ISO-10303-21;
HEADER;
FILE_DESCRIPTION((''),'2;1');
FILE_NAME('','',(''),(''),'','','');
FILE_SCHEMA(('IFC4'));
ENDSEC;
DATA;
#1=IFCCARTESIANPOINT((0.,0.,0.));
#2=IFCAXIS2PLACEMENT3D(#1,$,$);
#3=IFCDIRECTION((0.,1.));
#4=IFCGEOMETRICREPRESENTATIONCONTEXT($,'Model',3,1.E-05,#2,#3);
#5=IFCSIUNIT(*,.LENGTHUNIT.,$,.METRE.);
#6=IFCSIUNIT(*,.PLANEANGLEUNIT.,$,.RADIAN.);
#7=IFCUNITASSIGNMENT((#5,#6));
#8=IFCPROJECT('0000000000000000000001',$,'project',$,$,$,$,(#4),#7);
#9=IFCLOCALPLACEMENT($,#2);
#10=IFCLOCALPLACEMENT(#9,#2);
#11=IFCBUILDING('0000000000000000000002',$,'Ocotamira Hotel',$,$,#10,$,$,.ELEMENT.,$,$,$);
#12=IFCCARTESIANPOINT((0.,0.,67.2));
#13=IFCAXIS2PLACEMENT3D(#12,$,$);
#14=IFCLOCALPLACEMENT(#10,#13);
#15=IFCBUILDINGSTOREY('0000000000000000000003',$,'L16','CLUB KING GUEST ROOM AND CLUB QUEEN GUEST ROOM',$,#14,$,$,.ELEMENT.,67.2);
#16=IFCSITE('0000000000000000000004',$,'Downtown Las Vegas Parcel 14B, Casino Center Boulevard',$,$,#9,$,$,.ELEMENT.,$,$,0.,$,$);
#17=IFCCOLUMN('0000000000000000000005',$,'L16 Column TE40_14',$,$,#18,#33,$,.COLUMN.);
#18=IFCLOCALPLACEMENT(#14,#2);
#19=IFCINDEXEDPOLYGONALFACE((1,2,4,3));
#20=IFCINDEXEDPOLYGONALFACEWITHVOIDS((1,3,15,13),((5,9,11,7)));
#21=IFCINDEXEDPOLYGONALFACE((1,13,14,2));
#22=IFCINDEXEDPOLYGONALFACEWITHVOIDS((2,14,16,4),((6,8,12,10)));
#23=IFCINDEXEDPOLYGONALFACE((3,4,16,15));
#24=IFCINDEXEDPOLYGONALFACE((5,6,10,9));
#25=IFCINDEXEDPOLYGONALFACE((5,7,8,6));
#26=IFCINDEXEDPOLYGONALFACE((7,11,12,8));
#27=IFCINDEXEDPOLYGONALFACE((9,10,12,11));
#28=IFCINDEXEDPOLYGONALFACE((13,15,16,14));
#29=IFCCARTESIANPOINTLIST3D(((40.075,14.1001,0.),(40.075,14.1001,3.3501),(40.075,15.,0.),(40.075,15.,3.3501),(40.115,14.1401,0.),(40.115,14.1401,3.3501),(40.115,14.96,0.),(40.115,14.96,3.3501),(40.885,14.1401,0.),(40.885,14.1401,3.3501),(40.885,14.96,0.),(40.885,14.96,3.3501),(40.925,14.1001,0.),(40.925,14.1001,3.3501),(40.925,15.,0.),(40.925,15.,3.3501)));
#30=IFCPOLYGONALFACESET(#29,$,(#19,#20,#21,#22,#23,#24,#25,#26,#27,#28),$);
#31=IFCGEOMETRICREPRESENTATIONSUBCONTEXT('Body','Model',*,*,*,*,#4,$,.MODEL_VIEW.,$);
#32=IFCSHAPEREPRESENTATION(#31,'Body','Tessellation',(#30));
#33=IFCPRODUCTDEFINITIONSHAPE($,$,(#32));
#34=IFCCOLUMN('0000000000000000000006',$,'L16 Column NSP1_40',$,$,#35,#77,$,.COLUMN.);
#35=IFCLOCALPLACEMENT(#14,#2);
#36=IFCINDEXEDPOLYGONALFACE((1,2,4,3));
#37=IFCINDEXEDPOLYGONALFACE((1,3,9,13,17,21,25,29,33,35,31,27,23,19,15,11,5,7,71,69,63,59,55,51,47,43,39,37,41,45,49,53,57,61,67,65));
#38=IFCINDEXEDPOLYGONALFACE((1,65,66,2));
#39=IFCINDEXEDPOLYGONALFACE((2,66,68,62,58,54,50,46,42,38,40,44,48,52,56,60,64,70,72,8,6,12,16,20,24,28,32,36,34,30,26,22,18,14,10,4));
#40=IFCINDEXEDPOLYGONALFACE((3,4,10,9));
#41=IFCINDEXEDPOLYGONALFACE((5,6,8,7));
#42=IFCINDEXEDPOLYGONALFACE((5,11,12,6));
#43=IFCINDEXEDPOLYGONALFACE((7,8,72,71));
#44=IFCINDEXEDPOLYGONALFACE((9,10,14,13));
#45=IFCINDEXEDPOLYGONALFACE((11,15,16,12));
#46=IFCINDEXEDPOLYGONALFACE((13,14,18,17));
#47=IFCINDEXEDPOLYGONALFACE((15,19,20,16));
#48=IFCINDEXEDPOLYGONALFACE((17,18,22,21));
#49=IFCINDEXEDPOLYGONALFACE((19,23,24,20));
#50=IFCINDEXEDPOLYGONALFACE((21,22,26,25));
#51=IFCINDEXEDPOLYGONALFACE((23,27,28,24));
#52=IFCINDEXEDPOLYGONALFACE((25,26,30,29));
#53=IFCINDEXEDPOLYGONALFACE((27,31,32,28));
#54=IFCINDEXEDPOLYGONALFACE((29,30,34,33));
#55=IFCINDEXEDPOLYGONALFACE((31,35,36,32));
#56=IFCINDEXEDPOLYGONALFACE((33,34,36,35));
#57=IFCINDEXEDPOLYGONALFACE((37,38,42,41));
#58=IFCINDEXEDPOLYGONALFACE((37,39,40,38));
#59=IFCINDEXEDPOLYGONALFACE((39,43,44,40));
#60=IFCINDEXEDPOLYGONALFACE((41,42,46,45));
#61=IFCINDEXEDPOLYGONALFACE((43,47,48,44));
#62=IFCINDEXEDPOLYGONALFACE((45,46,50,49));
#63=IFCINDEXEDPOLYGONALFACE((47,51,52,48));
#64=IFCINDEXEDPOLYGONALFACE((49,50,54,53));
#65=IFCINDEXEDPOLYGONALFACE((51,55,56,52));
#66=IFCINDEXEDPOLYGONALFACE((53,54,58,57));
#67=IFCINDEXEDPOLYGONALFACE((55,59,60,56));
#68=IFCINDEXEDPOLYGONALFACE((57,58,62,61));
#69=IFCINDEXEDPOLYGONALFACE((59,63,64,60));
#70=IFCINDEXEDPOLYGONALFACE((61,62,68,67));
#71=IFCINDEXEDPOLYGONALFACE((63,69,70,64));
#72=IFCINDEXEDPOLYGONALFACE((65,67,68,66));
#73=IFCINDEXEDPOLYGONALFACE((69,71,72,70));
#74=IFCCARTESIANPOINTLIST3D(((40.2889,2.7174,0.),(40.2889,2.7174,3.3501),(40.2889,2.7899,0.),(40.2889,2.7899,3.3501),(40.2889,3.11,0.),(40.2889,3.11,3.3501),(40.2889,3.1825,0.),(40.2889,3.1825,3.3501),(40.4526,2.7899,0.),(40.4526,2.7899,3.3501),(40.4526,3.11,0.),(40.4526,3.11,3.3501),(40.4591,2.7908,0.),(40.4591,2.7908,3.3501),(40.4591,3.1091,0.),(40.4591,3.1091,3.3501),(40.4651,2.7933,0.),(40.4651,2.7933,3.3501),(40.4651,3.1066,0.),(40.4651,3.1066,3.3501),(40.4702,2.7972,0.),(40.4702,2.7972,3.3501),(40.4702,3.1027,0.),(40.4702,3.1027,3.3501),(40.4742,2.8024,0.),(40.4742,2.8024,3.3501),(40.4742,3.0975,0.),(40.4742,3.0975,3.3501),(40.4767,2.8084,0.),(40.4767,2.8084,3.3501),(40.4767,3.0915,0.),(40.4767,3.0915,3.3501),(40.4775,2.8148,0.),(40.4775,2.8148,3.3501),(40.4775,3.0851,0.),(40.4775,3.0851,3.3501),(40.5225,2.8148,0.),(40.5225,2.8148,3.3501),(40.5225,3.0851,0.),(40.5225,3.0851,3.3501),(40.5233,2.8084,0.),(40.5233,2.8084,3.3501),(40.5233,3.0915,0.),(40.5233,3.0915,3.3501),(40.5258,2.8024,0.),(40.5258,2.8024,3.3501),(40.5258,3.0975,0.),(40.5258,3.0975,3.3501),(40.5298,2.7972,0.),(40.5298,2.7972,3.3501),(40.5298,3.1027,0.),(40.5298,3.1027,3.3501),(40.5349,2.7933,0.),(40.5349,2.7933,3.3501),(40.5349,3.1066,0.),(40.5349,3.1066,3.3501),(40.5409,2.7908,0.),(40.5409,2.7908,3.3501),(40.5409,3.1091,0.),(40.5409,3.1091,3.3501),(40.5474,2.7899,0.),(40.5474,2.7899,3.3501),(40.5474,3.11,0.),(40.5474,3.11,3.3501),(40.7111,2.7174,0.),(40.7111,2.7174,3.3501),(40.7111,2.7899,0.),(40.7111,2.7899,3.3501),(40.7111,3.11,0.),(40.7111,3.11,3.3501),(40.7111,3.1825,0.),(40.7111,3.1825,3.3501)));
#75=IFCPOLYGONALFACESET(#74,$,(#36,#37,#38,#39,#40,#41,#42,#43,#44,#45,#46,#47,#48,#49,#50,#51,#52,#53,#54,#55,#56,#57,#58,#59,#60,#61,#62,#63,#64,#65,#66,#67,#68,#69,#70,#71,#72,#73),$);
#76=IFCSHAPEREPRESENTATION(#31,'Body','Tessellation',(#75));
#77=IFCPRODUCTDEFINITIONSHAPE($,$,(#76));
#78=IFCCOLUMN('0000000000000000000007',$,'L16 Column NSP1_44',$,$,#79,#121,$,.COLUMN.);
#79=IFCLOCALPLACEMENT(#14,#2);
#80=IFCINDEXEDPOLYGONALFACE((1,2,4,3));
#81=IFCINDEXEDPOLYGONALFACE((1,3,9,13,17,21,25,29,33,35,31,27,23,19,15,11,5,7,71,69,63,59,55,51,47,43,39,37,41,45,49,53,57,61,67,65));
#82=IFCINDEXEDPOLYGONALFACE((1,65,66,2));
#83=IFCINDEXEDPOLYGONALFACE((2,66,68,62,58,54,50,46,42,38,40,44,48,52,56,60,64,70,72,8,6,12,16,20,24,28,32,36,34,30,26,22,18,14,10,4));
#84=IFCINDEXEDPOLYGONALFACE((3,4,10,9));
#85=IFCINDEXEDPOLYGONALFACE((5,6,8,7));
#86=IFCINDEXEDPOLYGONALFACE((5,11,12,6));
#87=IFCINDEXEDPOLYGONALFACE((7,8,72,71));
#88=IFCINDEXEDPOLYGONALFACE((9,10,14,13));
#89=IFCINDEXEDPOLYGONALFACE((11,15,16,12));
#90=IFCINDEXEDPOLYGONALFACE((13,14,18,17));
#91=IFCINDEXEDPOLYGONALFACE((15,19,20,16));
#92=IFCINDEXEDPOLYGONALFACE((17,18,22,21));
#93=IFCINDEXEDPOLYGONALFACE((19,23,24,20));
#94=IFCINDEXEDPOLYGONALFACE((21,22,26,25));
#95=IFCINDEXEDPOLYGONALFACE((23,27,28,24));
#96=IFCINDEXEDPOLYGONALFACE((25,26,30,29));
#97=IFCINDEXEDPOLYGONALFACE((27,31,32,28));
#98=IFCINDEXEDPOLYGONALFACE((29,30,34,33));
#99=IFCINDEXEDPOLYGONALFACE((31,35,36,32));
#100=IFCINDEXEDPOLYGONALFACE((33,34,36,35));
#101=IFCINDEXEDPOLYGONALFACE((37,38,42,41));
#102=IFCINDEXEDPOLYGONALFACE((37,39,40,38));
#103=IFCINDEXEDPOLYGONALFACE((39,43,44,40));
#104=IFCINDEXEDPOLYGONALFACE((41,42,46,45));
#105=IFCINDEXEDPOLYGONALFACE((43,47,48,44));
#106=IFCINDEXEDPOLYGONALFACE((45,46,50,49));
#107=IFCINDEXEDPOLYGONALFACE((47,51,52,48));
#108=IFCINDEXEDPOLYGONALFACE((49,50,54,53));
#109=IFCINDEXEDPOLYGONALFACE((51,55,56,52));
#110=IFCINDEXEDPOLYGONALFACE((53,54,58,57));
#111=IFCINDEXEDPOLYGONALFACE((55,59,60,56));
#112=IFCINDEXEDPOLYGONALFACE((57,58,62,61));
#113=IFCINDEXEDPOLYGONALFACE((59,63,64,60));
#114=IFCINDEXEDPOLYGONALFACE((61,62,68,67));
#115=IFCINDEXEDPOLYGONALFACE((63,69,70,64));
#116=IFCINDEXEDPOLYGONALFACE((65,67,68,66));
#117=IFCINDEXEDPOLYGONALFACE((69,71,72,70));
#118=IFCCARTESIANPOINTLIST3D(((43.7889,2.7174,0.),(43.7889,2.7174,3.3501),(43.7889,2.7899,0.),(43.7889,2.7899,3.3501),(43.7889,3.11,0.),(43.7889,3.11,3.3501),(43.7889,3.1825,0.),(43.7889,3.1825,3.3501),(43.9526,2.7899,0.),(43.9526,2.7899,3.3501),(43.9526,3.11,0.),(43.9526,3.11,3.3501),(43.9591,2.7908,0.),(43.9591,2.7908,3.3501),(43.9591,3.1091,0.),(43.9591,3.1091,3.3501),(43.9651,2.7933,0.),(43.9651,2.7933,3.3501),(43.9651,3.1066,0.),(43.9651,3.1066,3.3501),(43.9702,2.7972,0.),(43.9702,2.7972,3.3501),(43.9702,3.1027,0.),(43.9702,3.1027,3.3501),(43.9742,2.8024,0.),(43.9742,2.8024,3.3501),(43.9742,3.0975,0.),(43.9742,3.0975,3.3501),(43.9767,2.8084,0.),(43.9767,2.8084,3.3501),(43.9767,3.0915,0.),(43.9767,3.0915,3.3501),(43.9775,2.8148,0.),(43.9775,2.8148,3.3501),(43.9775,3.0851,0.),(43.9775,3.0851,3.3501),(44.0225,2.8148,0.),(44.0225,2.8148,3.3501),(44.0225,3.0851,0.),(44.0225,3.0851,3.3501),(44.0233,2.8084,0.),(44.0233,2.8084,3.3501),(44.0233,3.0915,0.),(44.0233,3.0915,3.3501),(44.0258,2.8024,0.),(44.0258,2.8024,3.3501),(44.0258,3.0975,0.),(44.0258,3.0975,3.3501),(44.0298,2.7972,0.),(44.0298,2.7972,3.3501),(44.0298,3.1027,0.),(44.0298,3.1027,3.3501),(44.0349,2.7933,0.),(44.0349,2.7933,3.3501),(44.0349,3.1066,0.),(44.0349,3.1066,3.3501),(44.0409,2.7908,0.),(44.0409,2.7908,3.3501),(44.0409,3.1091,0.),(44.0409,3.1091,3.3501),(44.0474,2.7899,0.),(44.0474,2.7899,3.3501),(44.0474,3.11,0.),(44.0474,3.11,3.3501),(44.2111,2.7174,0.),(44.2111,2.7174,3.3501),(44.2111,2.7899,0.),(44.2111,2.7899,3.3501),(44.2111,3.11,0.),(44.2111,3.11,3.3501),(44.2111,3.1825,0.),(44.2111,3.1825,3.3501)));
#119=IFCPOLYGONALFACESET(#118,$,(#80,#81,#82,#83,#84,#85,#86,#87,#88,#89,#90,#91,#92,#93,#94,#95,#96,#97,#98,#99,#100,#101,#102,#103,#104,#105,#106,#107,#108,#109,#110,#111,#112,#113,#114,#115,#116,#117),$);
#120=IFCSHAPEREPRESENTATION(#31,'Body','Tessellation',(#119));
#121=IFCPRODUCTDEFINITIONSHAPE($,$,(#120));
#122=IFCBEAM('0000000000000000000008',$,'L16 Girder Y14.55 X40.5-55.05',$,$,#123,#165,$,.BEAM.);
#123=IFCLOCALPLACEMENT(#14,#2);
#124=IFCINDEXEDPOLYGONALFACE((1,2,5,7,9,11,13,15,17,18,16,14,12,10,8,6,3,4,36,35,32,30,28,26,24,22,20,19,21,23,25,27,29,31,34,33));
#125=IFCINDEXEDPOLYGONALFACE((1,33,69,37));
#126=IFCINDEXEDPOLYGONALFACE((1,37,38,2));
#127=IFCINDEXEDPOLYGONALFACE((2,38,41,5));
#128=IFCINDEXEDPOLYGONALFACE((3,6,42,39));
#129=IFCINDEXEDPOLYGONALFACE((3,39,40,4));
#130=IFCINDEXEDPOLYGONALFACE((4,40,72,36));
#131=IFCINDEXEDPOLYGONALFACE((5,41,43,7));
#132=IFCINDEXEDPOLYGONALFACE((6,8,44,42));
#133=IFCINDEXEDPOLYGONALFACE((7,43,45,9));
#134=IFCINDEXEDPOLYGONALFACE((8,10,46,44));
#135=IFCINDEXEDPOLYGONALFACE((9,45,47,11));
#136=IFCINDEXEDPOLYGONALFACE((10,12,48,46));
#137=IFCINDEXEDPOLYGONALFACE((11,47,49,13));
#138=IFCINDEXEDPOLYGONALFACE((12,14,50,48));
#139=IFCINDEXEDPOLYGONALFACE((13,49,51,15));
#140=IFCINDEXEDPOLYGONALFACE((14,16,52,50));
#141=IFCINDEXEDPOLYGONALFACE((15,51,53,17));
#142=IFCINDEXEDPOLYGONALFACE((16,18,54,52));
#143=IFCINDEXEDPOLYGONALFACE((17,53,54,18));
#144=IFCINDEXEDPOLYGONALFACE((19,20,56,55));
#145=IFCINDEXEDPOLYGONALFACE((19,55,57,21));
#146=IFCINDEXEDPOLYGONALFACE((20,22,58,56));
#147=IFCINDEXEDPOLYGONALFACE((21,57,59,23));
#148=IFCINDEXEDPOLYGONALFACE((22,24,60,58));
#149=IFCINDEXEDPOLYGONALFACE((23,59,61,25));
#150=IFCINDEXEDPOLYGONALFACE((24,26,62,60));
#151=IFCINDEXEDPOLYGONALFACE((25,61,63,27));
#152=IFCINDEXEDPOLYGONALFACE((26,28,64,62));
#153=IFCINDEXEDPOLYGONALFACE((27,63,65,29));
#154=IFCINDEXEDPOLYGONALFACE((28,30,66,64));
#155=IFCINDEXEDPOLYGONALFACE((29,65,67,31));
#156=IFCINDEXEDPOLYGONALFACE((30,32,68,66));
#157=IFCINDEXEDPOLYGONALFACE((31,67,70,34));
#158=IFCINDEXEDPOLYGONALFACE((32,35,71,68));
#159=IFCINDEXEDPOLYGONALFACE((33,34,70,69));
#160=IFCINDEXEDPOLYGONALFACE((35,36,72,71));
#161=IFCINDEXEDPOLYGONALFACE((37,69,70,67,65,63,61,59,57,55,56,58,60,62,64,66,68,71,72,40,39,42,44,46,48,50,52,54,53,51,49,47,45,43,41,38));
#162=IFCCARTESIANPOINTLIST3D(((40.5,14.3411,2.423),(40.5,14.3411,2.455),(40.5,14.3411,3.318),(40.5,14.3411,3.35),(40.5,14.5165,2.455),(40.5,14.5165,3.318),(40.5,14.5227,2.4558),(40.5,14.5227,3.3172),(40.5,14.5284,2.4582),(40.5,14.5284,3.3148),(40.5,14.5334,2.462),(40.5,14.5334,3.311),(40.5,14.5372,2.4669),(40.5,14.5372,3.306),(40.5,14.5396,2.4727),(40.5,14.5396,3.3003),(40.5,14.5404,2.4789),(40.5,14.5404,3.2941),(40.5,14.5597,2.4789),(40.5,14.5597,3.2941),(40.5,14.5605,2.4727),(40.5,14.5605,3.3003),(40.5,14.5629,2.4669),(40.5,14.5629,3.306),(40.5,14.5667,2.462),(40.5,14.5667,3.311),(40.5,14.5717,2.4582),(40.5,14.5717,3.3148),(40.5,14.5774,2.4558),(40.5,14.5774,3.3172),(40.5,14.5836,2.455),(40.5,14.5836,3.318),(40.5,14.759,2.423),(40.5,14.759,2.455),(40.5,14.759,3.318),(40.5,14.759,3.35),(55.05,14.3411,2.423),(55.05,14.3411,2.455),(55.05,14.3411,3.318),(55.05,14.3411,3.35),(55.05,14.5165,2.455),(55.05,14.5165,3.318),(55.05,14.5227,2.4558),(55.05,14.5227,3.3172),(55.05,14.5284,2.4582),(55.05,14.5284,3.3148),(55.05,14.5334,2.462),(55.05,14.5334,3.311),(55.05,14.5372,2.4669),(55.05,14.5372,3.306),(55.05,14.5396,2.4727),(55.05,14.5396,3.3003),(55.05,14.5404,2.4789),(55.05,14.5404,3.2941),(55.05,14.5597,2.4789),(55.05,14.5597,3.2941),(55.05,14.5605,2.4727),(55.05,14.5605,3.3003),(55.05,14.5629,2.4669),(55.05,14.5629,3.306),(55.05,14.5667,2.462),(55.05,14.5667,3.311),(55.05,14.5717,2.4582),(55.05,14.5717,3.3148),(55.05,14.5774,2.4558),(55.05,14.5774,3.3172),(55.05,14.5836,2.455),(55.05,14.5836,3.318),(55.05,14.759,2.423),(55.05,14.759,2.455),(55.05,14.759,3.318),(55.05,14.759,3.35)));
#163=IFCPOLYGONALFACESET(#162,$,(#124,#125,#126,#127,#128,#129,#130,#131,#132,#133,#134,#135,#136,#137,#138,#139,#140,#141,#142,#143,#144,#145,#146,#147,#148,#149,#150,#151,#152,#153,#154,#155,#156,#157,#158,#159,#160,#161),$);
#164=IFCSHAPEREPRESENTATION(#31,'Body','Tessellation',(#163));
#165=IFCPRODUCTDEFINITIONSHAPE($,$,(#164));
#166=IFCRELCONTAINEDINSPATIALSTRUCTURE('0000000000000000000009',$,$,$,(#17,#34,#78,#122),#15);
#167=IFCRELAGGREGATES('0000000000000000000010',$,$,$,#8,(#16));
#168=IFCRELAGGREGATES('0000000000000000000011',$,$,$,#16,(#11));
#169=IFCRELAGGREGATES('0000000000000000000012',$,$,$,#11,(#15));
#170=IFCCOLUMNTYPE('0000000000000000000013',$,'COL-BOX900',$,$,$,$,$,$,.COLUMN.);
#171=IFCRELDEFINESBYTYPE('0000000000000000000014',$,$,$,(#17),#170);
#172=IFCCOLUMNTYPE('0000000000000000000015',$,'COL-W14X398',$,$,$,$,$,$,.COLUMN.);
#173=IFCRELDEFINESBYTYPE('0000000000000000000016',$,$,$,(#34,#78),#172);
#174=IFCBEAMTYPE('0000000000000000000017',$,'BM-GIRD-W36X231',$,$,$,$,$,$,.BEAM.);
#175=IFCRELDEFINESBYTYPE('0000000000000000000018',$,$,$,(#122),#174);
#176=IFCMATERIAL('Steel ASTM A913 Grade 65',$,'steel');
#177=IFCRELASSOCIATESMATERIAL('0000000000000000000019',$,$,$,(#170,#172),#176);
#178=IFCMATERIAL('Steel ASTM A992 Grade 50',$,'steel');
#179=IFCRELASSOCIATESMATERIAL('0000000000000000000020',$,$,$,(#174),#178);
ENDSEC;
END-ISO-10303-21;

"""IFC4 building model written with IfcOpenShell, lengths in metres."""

from ifc_helpers import new_model, si_unit, direction, frame, origin, origin_2d, place, context, subcontext, project, spatial, hollow_rectangle, i_section, extrude, source, transform, mapped, material, material_profile, profile_set, type_object, element, save


model = new_model("IFC4")

# Units and contexts
model_context = context("Model", 3, precision=1e-05, world=origin(), true_north=direction((0.0, 1.0)))
body_context = subcontext(model_context, "Body", "Model", "MODEL_VIEW")
ifc_project = project(units=[si_unit("LENGTHUNIT", "METRE"), si_unit("PLANEANGLEUNIT", "RADIAN")], contexts=[model_context])

# Site, building, storey
site_placement = place(None, origin())
site = spatial("IfcSite", under=ifc_project, at=site_placement, Name="Downtown Las Vegas Parcel 14B, Casino Center Boulevard", CompositionType="ELEMENT", RefElevation=0.0)
building_placement = place(site_placement, origin())
building = spatial("IfcBuilding", under=site, at=building_placement, Name="Ocotamira Hotel", CompositionType="ELEMENT")
storey_placement = place(building_placement, frame((0.0, 0.0, 67.2)))
storey = spatial("IfcBuildingStorey", under=building, at=storey_placement, Name="L16", Description="CLUB KING GUEST ROOM AND CLUB QUEEN GUEST ROOM", CompositionType="ELEMENT", Elevation=67.2)

# Columns
ifc_material_1 = material(Name="Steel ASTM A913 Grade 65", Category="steel")
ifc_material_profile_1 = material_profile(ifc_material_1, hollow_rectangle(XDim=0.8501, YDim=0.8999, WallThickness=0.04, at=origin_2d()), Name="BOX900X850X40")
ifc_profile_set_1 = profile_set([ifc_material_profile_1], Name="Steel ASTM A913 Grade 65")
column_type_1 = type_object("IfcColumnType", Name="COL-BOX900", PredefinedType="COLUMN", material=ifc_profile_set_1)
shared_shape_1 = source(origin(), body_context, "Body", "SweptSolid", [
    extrude(hollow_rectangle(XDim=0.8501, YDim=0.8999, WallThickness=0.04, at=origin_2d()), origin(), (0.0, 0.0, 1.0), 3.3501),
])
column_placement = place(storey_placement, frame((40.5, 14.55, 0.0), z_axis=(0.0, 0.0, 1.0), x_axis=(1.0, 0.0, 0.0)))
element("IfcColumn", 1, at=column_placement, inside=storey, type_object=column_type_1, Name="L16 Column TE40_14", PredefinedType="COLUMN", context=body_context, shape_type="MappedRepresentation", body=[
    mapped(shared_shape_1, transform((0.0, 0.0, 0.0), scale=1.0)),
])
ifc_material_profile_2 = material_profile(ifc_material_1, i_section(OverallWidth=0.4221, OverallDepth=0.4651, WebThickness=0.0449, FlangeThickness=0.0725, FilletRadius=0.0249, at=origin_2d()), Name="W14X398")
ifc_profile_set_2 = profile_set([ifc_material_profile_2], Name="Steel ASTM A913 Grade 65")
column_type_2 = type_object("IfcColumnType", Name="COL-W14X398", PredefinedType="COLUMN", material=ifc_profile_set_2)
shared_shape_2 = source(origin(), body_context, "Body", "SweptSolid", [
    extrude(i_section(OverallWidth=0.4221, OverallDepth=0.4651, WebThickness=0.0449, FlangeThickness=0.0725, FilletRadius=0.0249, at=origin_2d()), origin(), (0.0, 0.0, 1.0), 3.3501),
])
for number, where, z_axis, x_axis, name in (
    (2, (40.5, 2.95, 0.0), (0.0, 0.0, 1.0), (1.0, 0.0, 0.0), "L16 Column NSP1_40"),
    (3, (44.0, 2.95, 0.0), (0.0, 0.0, 1.0), (1.0, 0.0, 0.0), "L16 Column NSP1_44"),
):
    element("IfcColumn", number, at=place(storey_placement, frame(where, z_axis=z_axis, x_axis=x_axis)), inside=storey, type_object=column_type_2, Name=name, PredefinedType="COLUMN", context=body_context, shape_type="MappedRepresentation", body=[
        mapped(shared_shape_2, transform((0.0, 0.0, 0.0), scale=1.0)),
    ])

# Beam
ifc_material_2 = material(Name="Steel ASTM A992 Grade 50", Category="steel")
ifc_material_profile_3 = material_profile(ifc_material_2, i_section(OverallWidth=0.418, OverallDepth=0.927, WebThickness=0.0193, FlangeThickness=0.032, FilletRadius=0.0239, at=origin_2d()), Name="W36X231")
ifc_profile_set_3 = profile_set([ifc_material_profile_3], Name="Steel ASTM A992 Grade 50")
beam_type_1 = type_object("IfcBeamType", Name="BM-GIRD-W36X231", PredefinedType="BEAM", material=ifc_profile_set_3)
shared_shape_3 = source(origin(), body_context, "Body", "SweptSolid", [
    extrude(i_section(OverallWidth=0.418, OverallDepth=0.927, WebThickness=0.0193, FlangeThickness=0.032, FilletRadius=0.0239, at=origin_2d()), origin(), (0.0, 0.0, 1.0), 14.55),
])
beam_1_placement = place(storey_placement, frame((40.5, 14.55, 2.8865), z_axis=(1.0, 0.0, 0.0), x_axis=(0.0, 1.0, 0.0)))
element("IfcBeam", 4, at=beam_1_placement, inside=storey, type_object=beam_type_1, Name="L16 Girder Y14.55 X40.5-55.05", PredefinedType="BEAM", context=body_context, shape_type="MappedRepresentation", body=[
    mapped(shared_shape_3, transform((0.0, 0.0, 0.0), scale=1.0)),
])

save(model, "model.ifc")
